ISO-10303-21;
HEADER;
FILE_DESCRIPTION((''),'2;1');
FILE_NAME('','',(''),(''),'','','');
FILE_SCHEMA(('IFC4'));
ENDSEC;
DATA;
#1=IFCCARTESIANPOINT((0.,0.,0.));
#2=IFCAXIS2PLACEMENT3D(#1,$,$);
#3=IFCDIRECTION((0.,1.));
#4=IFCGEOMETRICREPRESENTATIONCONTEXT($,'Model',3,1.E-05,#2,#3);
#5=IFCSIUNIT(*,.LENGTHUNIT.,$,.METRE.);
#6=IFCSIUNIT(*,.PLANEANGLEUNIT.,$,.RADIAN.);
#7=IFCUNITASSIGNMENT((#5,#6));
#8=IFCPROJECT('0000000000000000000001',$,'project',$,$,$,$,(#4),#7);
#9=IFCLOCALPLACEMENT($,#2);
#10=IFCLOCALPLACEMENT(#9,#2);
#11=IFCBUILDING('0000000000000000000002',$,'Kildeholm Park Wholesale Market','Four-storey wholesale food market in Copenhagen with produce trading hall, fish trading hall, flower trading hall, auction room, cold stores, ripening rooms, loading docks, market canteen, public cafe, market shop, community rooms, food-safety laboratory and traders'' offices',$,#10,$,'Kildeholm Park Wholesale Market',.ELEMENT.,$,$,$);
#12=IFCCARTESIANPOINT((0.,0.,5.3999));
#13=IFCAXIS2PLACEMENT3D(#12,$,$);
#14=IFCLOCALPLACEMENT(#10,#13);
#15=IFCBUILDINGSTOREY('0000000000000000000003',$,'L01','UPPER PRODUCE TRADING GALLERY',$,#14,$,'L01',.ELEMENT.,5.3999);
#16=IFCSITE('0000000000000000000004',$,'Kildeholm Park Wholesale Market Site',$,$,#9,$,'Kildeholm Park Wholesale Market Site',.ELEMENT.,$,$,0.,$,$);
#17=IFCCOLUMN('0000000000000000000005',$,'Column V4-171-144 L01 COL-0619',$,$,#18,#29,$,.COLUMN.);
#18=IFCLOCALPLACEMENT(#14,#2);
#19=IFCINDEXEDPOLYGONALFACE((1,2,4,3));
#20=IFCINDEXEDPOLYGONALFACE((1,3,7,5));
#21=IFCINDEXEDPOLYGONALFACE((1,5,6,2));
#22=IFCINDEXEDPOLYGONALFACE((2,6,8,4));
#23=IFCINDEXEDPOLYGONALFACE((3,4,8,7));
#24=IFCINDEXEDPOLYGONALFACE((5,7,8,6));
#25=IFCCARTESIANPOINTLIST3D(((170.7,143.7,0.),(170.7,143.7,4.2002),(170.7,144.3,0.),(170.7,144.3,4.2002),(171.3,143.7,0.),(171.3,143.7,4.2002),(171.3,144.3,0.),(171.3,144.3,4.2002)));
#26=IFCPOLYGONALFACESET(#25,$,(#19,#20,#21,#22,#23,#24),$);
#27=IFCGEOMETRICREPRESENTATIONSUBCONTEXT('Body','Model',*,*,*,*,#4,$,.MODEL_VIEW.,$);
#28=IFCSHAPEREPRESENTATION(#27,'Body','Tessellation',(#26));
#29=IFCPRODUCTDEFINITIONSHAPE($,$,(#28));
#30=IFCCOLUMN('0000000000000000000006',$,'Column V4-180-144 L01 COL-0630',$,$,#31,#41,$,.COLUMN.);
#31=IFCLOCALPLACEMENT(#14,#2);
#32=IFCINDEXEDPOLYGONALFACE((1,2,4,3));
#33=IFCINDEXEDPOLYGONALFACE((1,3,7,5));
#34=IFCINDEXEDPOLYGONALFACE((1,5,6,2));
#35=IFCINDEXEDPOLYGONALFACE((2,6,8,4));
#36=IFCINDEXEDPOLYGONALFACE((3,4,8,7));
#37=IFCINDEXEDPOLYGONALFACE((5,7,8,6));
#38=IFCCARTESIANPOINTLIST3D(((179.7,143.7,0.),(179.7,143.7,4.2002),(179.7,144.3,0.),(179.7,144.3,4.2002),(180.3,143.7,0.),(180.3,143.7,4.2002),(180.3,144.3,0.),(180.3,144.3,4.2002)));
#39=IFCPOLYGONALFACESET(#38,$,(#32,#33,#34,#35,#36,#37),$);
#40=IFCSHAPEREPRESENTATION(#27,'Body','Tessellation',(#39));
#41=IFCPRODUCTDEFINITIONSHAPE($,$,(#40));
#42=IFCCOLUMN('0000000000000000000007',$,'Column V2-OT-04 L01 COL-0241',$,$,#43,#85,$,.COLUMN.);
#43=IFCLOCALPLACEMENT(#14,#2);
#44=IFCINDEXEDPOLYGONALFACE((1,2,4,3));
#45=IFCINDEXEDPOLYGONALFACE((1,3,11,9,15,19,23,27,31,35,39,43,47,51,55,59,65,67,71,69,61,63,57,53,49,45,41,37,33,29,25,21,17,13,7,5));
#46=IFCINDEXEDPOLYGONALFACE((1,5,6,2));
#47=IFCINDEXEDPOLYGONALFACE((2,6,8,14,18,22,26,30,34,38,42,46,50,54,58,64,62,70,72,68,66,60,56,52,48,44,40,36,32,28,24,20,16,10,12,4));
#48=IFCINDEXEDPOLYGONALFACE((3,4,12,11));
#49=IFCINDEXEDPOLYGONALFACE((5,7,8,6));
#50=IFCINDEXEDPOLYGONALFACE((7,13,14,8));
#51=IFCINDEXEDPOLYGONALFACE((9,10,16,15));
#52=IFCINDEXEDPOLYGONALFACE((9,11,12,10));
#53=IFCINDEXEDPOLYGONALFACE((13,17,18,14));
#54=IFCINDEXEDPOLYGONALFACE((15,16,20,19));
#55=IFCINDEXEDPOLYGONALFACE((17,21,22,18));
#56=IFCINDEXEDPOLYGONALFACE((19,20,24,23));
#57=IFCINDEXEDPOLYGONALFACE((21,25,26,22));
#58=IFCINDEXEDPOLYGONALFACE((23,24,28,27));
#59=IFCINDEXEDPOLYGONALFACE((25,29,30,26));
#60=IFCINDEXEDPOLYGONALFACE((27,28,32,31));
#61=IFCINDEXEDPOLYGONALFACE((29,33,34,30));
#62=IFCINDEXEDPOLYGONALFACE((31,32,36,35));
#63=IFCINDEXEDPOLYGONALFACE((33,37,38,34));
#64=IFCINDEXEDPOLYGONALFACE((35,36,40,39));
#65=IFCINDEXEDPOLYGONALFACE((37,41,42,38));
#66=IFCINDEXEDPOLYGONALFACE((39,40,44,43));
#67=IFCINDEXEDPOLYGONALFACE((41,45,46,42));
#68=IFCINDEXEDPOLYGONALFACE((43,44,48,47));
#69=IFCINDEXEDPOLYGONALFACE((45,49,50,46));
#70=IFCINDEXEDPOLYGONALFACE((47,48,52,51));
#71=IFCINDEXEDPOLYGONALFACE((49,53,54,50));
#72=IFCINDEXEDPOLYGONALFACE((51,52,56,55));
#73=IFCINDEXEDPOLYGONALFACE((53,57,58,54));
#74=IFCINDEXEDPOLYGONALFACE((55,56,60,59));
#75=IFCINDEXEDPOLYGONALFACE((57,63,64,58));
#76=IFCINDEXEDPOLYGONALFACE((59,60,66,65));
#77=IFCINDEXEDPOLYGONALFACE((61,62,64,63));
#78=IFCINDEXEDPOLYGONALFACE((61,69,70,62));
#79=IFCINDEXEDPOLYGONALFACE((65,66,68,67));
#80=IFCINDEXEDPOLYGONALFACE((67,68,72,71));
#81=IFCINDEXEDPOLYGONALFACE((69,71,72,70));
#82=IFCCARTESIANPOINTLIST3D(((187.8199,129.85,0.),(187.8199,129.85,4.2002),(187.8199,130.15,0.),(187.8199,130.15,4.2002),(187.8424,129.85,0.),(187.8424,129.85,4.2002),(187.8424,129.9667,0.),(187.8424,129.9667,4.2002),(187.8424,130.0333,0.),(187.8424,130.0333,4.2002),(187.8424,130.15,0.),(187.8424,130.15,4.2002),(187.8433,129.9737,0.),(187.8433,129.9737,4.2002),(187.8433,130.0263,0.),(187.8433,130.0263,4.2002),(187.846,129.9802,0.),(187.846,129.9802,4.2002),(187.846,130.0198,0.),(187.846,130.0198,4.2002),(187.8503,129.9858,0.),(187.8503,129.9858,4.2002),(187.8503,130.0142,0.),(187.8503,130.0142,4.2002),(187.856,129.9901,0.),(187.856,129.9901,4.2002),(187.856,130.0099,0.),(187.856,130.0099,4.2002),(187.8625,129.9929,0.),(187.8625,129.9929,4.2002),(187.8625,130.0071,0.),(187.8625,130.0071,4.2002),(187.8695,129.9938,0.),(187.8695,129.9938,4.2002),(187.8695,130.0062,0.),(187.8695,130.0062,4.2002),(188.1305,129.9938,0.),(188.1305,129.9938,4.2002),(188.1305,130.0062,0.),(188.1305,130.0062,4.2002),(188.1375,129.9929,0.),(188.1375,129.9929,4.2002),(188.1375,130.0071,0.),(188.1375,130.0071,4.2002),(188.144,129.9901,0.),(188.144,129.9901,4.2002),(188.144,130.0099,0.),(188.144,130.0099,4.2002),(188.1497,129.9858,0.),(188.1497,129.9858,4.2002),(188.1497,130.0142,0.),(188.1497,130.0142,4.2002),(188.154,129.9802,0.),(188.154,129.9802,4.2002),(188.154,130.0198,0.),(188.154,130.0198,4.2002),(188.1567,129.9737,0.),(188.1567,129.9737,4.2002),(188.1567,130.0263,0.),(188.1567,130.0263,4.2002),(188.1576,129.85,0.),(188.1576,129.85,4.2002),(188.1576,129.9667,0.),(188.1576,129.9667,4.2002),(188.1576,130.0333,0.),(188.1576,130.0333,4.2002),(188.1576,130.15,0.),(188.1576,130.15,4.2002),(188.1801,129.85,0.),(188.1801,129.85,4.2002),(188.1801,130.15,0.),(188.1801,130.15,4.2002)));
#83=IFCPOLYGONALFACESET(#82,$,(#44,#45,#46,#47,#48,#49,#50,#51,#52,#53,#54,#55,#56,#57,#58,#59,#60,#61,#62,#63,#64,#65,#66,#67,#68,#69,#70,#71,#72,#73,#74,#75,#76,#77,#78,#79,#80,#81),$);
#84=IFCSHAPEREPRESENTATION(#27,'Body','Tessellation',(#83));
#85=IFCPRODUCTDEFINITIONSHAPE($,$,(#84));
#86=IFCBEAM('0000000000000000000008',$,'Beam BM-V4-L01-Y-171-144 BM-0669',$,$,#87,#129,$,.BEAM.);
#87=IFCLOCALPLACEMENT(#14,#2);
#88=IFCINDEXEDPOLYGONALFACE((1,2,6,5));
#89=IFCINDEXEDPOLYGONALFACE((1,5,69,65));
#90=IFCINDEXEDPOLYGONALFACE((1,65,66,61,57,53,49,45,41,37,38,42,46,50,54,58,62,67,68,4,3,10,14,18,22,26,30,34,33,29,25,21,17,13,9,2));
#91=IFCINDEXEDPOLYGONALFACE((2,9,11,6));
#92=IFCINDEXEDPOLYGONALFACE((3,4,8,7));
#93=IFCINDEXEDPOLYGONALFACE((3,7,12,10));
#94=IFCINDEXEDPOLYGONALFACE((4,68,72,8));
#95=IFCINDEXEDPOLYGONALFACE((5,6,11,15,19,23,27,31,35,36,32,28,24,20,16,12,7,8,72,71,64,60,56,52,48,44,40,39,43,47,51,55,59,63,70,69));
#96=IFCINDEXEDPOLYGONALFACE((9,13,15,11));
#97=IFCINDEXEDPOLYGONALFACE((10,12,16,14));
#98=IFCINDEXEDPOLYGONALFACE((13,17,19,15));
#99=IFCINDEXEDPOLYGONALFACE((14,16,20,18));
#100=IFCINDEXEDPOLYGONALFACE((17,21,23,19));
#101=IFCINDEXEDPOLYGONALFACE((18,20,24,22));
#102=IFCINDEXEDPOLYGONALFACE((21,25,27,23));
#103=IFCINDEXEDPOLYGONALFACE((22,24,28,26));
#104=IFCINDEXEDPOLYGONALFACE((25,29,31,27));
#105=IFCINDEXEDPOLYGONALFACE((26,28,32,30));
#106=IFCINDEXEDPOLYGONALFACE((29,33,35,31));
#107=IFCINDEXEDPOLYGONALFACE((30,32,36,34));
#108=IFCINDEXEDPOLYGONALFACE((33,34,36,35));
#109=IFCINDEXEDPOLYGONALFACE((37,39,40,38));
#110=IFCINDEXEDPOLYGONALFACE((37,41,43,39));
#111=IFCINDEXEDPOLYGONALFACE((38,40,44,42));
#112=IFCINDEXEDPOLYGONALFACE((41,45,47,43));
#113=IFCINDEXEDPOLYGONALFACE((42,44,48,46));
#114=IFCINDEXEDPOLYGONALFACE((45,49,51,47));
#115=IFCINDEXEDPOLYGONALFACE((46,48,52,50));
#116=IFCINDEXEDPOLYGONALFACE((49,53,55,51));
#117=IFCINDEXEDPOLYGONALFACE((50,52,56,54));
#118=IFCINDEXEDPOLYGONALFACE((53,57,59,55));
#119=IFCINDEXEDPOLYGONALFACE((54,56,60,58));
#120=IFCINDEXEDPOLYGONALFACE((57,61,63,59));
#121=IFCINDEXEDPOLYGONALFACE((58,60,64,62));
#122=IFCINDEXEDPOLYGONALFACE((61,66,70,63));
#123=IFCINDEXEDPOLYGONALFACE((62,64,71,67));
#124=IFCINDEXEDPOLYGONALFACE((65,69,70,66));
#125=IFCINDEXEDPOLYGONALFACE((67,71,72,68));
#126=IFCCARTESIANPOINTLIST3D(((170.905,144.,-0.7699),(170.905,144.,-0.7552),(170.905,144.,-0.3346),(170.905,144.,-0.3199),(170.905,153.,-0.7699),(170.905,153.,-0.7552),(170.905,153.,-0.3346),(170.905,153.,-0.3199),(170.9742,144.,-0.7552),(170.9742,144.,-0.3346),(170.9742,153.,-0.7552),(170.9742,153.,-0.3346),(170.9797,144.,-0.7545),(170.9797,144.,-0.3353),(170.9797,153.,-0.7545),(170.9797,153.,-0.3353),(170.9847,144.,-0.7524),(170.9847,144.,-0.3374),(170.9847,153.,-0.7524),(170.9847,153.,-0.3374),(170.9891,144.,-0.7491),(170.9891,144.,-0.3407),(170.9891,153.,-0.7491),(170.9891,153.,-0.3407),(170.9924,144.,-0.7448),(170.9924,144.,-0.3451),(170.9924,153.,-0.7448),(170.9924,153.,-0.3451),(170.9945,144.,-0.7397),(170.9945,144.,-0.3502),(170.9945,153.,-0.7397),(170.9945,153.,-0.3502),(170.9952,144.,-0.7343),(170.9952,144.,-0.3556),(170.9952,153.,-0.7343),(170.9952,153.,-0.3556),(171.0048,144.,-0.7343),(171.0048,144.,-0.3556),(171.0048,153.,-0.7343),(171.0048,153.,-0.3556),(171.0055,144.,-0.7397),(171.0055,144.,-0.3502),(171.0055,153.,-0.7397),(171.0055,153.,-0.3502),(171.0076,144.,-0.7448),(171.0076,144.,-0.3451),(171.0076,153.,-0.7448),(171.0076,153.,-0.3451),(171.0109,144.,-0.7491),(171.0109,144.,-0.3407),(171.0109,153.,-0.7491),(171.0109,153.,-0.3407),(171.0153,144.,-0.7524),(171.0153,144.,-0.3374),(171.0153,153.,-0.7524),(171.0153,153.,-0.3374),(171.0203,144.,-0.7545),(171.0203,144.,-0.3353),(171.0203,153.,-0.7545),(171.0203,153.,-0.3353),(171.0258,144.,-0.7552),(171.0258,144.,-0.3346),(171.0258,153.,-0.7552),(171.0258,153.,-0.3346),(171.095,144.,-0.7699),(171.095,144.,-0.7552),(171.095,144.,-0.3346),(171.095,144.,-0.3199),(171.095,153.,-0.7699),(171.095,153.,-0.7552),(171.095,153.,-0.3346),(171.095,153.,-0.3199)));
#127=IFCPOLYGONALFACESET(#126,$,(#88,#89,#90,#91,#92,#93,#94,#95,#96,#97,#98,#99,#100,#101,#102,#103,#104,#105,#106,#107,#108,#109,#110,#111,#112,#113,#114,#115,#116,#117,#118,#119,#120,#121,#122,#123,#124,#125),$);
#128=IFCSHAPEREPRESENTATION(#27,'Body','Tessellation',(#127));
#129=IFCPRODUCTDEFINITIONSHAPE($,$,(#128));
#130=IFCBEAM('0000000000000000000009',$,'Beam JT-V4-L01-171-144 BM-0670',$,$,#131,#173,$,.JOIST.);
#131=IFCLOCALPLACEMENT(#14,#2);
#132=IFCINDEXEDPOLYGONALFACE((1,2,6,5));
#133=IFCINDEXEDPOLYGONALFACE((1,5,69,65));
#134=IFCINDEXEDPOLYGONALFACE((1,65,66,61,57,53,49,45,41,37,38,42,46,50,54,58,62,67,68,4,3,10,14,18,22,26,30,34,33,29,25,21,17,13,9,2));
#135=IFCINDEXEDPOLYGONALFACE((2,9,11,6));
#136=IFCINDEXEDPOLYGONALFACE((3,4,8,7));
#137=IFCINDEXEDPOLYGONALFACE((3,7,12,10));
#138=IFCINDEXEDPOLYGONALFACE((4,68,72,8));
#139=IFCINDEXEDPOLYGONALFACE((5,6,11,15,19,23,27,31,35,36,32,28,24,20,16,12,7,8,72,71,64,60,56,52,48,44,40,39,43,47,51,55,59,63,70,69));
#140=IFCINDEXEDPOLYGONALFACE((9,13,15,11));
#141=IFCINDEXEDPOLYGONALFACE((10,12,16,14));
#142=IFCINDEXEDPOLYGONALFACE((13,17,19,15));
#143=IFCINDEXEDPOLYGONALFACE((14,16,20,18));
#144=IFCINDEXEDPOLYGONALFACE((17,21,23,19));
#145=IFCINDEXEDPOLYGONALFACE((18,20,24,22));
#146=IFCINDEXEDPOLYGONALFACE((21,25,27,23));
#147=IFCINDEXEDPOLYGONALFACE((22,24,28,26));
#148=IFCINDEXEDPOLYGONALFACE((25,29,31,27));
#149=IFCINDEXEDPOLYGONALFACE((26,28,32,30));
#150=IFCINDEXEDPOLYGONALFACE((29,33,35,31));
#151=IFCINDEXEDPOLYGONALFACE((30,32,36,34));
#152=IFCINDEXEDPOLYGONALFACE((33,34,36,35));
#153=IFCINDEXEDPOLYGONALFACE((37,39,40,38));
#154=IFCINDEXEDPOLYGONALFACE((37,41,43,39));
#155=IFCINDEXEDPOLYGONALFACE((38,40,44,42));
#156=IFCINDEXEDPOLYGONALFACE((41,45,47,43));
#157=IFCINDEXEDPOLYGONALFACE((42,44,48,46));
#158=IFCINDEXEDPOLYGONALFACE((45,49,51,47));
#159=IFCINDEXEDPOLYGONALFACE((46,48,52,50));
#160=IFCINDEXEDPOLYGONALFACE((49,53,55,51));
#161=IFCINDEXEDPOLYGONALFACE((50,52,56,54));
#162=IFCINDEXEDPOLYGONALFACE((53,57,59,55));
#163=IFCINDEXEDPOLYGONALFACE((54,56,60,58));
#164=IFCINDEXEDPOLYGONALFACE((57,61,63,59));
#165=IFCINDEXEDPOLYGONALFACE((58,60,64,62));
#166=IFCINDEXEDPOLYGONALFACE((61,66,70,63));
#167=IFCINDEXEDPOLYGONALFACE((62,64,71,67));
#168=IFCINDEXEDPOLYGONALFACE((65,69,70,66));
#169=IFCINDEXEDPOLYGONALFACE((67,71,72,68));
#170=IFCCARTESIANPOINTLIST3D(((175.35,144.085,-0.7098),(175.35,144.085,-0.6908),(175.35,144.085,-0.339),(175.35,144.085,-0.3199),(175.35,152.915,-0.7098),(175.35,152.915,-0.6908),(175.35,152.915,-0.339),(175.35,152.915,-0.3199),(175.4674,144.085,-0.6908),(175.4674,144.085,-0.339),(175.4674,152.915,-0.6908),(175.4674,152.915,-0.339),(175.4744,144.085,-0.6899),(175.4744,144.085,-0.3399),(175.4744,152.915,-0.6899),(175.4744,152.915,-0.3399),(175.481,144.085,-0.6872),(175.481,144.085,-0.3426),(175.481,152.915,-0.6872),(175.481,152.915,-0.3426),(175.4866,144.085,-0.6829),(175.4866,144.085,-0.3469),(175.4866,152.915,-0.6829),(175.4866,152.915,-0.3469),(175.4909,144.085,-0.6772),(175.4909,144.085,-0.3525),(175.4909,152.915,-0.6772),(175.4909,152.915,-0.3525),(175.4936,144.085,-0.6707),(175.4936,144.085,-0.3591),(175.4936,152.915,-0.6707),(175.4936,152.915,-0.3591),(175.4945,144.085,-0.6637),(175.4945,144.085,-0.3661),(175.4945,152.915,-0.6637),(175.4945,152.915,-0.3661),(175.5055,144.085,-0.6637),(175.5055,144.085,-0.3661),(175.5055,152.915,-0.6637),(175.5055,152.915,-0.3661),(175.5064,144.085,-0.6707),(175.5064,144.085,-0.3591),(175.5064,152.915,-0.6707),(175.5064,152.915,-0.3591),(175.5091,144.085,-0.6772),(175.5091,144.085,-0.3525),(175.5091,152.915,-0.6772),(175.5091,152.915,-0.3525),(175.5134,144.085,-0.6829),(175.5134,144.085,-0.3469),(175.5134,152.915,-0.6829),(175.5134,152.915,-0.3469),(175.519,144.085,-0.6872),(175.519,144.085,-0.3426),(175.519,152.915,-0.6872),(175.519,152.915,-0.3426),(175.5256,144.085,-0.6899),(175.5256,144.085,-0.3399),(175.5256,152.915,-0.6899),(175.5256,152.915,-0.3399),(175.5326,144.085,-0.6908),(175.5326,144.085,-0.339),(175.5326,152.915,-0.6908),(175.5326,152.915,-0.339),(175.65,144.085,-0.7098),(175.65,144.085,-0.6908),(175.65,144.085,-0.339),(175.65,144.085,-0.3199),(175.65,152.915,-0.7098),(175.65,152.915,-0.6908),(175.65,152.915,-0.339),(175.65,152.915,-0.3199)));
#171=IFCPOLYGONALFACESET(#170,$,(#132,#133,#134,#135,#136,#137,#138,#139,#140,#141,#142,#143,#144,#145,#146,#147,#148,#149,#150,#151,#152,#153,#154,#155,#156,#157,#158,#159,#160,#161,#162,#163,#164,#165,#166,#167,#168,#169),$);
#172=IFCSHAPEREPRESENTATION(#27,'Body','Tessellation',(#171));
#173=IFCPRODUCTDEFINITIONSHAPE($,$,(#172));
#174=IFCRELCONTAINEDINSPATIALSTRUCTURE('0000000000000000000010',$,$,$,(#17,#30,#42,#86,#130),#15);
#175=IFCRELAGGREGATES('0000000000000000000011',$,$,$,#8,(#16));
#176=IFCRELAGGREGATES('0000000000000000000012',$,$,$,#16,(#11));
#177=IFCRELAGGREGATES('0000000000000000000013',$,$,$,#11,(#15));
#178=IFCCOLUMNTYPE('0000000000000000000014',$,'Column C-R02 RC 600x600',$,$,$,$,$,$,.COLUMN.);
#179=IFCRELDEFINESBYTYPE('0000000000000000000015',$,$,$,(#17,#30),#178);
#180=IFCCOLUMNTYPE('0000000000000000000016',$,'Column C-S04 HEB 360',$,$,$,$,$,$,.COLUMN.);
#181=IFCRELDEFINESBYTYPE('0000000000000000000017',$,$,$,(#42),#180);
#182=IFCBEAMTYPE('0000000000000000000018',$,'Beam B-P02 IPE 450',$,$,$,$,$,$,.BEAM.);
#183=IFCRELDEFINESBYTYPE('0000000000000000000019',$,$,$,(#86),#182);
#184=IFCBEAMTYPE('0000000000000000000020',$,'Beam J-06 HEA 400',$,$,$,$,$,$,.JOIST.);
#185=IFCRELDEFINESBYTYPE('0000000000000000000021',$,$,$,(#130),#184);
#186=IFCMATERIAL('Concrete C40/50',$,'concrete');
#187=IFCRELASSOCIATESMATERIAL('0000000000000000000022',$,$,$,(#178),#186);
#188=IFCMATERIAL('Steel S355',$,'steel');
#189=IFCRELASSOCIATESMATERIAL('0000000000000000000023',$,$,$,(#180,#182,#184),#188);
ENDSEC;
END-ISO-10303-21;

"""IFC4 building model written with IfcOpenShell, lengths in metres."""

from ifc_helpers import new_model, si_unit, direction, frame, origin, origin_2d, place, context, subcontext, project, spatial, rectangle, i_section, extrude, material, material_profile, profile_set, type_object, element, save


model = new_model("IFC4")

# Units and contexts
model_context = context("Model", 3, precision=1e-05, world=origin(), true_north=direction((0.0, 1.0)))
body_context = subcontext(model_context, "Body", "Model", "MODEL_VIEW")
ifc_project = project(units=[si_unit("LENGTHUNIT", "METRE"), si_unit("PLANEANGLEUNIT", "RADIAN")], contexts=[model_context])

# Site, building, storey
site_placement = place(None, origin())
site = spatial("IfcSite", under=ifc_project, at=site_placement, Name="Kildeholm Park Wholesale Market Site", LongName="Kildeholm Park Wholesale Market Site", CompositionType="ELEMENT", RefElevation=0.0)
building_placement = place(site_placement, origin())
building = spatial("IfcBuilding", under=site, at=building_placement, Name="Kildeholm Park Wholesale Market", Description="Four-storey wholesale food market in Copenhagen with produce trading hall, fish trading hall, flower trading hall, auction room, cold stores, ripening rooms, loading docks, market canteen, public cafe, market shop, community rooms, food-safety laboratory and traders' offices", LongName="Kildeholm Park Wholesale Market", CompositionType="ELEMENT")
storey_placement = place(building_placement, frame((0.0, 0.0, 5.3999)))
storey = spatial("IfcBuildingStorey", under=building, at=storey_placement, Name="L01", Description="UPPER PRODUCE TRADING GALLERY", LongName="L01", CompositionType="ELEMENT", Elevation=5.3999)

# Columns
ifc_material_1 = material(Name="Concrete C40/50", Category="concrete")
ifc_material_profile_1 = material_profile(ifc_material_1, rectangle(XDim=0.6001, YDim=0.6001, at=origin_2d()), Name="RC 600x600")
ifc_profile_set_1 = profile_set([ifc_material_profile_1], Name="Concrete C40/50")
column_type_1 = type_object("IfcColumnType", Name="Column C-R02 RC 600x600", PredefinedType="COLUMN", material=ifc_profile_set_1)
for number, where, z_axis, x_axis, name in (
    (1, (171.0, 144.0, 0.0), (0.0, 0.0, 1.0), (1.0, 0.0, 0.0), "Column V4-171-144 L01 COL-0619"),
    (2, (180.0, 144.0, 0.0), (0.0, 0.0, 1.0), (1.0, 0.0, 0.0), "Column V4-180-144 L01 COL-0630"),
):
    element("IfcColumn", number, at=place(storey_placement, frame(where, z_axis=z_axis, x_axis=x_axis)), inside=storey, type_object=column_type_1, Name=name, PredefinedType="COLUMN", context=body_context, shape_type="SweptSolid", body=[
        extrude(rectangle(XDim=0.6001, YDim=0.6001, at=origin_2d()), origin(), (0.0, 0.0, 1.0), 4.2002),
    ])
ifc_material_2 = material(Name="Steel S355", Category="steel")
ifc_material_profile_2 = material_profile(ifc_material_2, i_section(OverallWidth=0.3, OverallDepth=0.3601, WebThickness=0.0125, FlangeThickness=0.0225, FilletRadius=0.0271, at=origin_2d()), Name="HEB 360")
ifc_profile_set_2 = profile_set([ifc_material_profile_2], Name="Steel S355")
column_type_2 = type_object("IfcColumnType", Name="Column C-S04 HEB 360", PredefinedType="COLUMN", material=ifc_profile_set_2)
column_placement = place(storey_placement, frame((188.0, 130.0, 0.0), z_axis=(0.0, 0.0, 1.0), x_axis=(0.0, 1.0, 0.0)))
element("IfcColumn", 3, at=column_placement, inside=storey, type_object=column_type_2, Name="Column V2-OT-04 L01 COL-0241", PredefinedType="COLUMN", context=body_context, shape_type="SweptSolid", body=[
    extrude(i_section(OverallWidth=0.3, OverallDepth=0.3601, WebThickness=0.0125, FlangeThickness=0.0225, FilletRadius=0.0271, at=origin_2d()), origin(), (0.0, 0.0, 1.0), 4.2002),
])

# Beams
ifc_material_profile_3 = material_profile(ifc_material_2, i_section(OverallWidth=0.1899, OverallDepth=0.45, WebThickness=0.0095, FlangeThickness=0.0146, FilletRadius=0.021, at=origin_2d()), Name="IPE 450")
ifc_profile_set_3 = profile_set([ifc_material_profile_3], Name="Steel S355")
beam_type_1 = type_object("IfcBeamType", Name="Beam B-P02 IPE 450", PredefinedType="BEAM", material=ifc_profile_set_3)
beam_1_placement = place(storey_placement, frame((171.0, 144.0, -0.5449), z_axis=(0.0, 1.0, 0.0), x_axis=(-1.0, 0.0, 0.0)))
element("IfcBeam", 4, at=beam_1_placement, inside=storey, type_object=beam_type_1, Name="Beam BM-V4-L01-Y-171-144 BM-0669", PredefinedType="BEAM", context=body_context, shape_type="SweptSolid", body=[
    extrude(i_section(OverallWidth=0.1899, OverallDepth=0.45, WebThickness=0.0095, FlangeThickness=0.0146, FilletRadius=0.021, at=origin_2d()), origin(), (0.0, 0.0, 1.0), 9.0),
])
ifc_material_profile_4 = material_profile(ifc_material_2, i_section(OverallWidth=0.3, OverallDepth=0.3899, WebThickness=0.011, FlangeThickness=0.019, FilletRadius=0.0271, at=origin_2d()), Name="HEA 400")
ifc_profile_set_4 = profile_set([ifc_material_profile_4], Name="Steel S355")
beam_type_2 = type_object("IfcBeamType", Name="Beam J-06 HEA 400", PredefinedType="JOIST", material=ifc_profile_set_4)
beam_2_placement = place(storey_placement, frame((175.5, 144.085, -0.5149), z_axis=(0.0, 1.0, 0.0), x_axis=(-1.0, 0.0, 0.0)))
element("IfcBeam", 5, at=beam_2_placement, inside=storey, type_object=beam_type_2, Name="Beam JT-V4-L01-171-144 BM-0670", PredefinedType="JOIST", context=body_context, shape_type="SweptSolid", body=[
    extrude(i_section(OverallWidth=0.3, OverallDepth=0.3899, WebThickness=0.011, FlangeThickness=0.019, FilletRadius=0.0271, at=origin_2d()), origin(), (0.0, 0.0, 1.0), 8.8301),
])

save(model, "model.ifc")
